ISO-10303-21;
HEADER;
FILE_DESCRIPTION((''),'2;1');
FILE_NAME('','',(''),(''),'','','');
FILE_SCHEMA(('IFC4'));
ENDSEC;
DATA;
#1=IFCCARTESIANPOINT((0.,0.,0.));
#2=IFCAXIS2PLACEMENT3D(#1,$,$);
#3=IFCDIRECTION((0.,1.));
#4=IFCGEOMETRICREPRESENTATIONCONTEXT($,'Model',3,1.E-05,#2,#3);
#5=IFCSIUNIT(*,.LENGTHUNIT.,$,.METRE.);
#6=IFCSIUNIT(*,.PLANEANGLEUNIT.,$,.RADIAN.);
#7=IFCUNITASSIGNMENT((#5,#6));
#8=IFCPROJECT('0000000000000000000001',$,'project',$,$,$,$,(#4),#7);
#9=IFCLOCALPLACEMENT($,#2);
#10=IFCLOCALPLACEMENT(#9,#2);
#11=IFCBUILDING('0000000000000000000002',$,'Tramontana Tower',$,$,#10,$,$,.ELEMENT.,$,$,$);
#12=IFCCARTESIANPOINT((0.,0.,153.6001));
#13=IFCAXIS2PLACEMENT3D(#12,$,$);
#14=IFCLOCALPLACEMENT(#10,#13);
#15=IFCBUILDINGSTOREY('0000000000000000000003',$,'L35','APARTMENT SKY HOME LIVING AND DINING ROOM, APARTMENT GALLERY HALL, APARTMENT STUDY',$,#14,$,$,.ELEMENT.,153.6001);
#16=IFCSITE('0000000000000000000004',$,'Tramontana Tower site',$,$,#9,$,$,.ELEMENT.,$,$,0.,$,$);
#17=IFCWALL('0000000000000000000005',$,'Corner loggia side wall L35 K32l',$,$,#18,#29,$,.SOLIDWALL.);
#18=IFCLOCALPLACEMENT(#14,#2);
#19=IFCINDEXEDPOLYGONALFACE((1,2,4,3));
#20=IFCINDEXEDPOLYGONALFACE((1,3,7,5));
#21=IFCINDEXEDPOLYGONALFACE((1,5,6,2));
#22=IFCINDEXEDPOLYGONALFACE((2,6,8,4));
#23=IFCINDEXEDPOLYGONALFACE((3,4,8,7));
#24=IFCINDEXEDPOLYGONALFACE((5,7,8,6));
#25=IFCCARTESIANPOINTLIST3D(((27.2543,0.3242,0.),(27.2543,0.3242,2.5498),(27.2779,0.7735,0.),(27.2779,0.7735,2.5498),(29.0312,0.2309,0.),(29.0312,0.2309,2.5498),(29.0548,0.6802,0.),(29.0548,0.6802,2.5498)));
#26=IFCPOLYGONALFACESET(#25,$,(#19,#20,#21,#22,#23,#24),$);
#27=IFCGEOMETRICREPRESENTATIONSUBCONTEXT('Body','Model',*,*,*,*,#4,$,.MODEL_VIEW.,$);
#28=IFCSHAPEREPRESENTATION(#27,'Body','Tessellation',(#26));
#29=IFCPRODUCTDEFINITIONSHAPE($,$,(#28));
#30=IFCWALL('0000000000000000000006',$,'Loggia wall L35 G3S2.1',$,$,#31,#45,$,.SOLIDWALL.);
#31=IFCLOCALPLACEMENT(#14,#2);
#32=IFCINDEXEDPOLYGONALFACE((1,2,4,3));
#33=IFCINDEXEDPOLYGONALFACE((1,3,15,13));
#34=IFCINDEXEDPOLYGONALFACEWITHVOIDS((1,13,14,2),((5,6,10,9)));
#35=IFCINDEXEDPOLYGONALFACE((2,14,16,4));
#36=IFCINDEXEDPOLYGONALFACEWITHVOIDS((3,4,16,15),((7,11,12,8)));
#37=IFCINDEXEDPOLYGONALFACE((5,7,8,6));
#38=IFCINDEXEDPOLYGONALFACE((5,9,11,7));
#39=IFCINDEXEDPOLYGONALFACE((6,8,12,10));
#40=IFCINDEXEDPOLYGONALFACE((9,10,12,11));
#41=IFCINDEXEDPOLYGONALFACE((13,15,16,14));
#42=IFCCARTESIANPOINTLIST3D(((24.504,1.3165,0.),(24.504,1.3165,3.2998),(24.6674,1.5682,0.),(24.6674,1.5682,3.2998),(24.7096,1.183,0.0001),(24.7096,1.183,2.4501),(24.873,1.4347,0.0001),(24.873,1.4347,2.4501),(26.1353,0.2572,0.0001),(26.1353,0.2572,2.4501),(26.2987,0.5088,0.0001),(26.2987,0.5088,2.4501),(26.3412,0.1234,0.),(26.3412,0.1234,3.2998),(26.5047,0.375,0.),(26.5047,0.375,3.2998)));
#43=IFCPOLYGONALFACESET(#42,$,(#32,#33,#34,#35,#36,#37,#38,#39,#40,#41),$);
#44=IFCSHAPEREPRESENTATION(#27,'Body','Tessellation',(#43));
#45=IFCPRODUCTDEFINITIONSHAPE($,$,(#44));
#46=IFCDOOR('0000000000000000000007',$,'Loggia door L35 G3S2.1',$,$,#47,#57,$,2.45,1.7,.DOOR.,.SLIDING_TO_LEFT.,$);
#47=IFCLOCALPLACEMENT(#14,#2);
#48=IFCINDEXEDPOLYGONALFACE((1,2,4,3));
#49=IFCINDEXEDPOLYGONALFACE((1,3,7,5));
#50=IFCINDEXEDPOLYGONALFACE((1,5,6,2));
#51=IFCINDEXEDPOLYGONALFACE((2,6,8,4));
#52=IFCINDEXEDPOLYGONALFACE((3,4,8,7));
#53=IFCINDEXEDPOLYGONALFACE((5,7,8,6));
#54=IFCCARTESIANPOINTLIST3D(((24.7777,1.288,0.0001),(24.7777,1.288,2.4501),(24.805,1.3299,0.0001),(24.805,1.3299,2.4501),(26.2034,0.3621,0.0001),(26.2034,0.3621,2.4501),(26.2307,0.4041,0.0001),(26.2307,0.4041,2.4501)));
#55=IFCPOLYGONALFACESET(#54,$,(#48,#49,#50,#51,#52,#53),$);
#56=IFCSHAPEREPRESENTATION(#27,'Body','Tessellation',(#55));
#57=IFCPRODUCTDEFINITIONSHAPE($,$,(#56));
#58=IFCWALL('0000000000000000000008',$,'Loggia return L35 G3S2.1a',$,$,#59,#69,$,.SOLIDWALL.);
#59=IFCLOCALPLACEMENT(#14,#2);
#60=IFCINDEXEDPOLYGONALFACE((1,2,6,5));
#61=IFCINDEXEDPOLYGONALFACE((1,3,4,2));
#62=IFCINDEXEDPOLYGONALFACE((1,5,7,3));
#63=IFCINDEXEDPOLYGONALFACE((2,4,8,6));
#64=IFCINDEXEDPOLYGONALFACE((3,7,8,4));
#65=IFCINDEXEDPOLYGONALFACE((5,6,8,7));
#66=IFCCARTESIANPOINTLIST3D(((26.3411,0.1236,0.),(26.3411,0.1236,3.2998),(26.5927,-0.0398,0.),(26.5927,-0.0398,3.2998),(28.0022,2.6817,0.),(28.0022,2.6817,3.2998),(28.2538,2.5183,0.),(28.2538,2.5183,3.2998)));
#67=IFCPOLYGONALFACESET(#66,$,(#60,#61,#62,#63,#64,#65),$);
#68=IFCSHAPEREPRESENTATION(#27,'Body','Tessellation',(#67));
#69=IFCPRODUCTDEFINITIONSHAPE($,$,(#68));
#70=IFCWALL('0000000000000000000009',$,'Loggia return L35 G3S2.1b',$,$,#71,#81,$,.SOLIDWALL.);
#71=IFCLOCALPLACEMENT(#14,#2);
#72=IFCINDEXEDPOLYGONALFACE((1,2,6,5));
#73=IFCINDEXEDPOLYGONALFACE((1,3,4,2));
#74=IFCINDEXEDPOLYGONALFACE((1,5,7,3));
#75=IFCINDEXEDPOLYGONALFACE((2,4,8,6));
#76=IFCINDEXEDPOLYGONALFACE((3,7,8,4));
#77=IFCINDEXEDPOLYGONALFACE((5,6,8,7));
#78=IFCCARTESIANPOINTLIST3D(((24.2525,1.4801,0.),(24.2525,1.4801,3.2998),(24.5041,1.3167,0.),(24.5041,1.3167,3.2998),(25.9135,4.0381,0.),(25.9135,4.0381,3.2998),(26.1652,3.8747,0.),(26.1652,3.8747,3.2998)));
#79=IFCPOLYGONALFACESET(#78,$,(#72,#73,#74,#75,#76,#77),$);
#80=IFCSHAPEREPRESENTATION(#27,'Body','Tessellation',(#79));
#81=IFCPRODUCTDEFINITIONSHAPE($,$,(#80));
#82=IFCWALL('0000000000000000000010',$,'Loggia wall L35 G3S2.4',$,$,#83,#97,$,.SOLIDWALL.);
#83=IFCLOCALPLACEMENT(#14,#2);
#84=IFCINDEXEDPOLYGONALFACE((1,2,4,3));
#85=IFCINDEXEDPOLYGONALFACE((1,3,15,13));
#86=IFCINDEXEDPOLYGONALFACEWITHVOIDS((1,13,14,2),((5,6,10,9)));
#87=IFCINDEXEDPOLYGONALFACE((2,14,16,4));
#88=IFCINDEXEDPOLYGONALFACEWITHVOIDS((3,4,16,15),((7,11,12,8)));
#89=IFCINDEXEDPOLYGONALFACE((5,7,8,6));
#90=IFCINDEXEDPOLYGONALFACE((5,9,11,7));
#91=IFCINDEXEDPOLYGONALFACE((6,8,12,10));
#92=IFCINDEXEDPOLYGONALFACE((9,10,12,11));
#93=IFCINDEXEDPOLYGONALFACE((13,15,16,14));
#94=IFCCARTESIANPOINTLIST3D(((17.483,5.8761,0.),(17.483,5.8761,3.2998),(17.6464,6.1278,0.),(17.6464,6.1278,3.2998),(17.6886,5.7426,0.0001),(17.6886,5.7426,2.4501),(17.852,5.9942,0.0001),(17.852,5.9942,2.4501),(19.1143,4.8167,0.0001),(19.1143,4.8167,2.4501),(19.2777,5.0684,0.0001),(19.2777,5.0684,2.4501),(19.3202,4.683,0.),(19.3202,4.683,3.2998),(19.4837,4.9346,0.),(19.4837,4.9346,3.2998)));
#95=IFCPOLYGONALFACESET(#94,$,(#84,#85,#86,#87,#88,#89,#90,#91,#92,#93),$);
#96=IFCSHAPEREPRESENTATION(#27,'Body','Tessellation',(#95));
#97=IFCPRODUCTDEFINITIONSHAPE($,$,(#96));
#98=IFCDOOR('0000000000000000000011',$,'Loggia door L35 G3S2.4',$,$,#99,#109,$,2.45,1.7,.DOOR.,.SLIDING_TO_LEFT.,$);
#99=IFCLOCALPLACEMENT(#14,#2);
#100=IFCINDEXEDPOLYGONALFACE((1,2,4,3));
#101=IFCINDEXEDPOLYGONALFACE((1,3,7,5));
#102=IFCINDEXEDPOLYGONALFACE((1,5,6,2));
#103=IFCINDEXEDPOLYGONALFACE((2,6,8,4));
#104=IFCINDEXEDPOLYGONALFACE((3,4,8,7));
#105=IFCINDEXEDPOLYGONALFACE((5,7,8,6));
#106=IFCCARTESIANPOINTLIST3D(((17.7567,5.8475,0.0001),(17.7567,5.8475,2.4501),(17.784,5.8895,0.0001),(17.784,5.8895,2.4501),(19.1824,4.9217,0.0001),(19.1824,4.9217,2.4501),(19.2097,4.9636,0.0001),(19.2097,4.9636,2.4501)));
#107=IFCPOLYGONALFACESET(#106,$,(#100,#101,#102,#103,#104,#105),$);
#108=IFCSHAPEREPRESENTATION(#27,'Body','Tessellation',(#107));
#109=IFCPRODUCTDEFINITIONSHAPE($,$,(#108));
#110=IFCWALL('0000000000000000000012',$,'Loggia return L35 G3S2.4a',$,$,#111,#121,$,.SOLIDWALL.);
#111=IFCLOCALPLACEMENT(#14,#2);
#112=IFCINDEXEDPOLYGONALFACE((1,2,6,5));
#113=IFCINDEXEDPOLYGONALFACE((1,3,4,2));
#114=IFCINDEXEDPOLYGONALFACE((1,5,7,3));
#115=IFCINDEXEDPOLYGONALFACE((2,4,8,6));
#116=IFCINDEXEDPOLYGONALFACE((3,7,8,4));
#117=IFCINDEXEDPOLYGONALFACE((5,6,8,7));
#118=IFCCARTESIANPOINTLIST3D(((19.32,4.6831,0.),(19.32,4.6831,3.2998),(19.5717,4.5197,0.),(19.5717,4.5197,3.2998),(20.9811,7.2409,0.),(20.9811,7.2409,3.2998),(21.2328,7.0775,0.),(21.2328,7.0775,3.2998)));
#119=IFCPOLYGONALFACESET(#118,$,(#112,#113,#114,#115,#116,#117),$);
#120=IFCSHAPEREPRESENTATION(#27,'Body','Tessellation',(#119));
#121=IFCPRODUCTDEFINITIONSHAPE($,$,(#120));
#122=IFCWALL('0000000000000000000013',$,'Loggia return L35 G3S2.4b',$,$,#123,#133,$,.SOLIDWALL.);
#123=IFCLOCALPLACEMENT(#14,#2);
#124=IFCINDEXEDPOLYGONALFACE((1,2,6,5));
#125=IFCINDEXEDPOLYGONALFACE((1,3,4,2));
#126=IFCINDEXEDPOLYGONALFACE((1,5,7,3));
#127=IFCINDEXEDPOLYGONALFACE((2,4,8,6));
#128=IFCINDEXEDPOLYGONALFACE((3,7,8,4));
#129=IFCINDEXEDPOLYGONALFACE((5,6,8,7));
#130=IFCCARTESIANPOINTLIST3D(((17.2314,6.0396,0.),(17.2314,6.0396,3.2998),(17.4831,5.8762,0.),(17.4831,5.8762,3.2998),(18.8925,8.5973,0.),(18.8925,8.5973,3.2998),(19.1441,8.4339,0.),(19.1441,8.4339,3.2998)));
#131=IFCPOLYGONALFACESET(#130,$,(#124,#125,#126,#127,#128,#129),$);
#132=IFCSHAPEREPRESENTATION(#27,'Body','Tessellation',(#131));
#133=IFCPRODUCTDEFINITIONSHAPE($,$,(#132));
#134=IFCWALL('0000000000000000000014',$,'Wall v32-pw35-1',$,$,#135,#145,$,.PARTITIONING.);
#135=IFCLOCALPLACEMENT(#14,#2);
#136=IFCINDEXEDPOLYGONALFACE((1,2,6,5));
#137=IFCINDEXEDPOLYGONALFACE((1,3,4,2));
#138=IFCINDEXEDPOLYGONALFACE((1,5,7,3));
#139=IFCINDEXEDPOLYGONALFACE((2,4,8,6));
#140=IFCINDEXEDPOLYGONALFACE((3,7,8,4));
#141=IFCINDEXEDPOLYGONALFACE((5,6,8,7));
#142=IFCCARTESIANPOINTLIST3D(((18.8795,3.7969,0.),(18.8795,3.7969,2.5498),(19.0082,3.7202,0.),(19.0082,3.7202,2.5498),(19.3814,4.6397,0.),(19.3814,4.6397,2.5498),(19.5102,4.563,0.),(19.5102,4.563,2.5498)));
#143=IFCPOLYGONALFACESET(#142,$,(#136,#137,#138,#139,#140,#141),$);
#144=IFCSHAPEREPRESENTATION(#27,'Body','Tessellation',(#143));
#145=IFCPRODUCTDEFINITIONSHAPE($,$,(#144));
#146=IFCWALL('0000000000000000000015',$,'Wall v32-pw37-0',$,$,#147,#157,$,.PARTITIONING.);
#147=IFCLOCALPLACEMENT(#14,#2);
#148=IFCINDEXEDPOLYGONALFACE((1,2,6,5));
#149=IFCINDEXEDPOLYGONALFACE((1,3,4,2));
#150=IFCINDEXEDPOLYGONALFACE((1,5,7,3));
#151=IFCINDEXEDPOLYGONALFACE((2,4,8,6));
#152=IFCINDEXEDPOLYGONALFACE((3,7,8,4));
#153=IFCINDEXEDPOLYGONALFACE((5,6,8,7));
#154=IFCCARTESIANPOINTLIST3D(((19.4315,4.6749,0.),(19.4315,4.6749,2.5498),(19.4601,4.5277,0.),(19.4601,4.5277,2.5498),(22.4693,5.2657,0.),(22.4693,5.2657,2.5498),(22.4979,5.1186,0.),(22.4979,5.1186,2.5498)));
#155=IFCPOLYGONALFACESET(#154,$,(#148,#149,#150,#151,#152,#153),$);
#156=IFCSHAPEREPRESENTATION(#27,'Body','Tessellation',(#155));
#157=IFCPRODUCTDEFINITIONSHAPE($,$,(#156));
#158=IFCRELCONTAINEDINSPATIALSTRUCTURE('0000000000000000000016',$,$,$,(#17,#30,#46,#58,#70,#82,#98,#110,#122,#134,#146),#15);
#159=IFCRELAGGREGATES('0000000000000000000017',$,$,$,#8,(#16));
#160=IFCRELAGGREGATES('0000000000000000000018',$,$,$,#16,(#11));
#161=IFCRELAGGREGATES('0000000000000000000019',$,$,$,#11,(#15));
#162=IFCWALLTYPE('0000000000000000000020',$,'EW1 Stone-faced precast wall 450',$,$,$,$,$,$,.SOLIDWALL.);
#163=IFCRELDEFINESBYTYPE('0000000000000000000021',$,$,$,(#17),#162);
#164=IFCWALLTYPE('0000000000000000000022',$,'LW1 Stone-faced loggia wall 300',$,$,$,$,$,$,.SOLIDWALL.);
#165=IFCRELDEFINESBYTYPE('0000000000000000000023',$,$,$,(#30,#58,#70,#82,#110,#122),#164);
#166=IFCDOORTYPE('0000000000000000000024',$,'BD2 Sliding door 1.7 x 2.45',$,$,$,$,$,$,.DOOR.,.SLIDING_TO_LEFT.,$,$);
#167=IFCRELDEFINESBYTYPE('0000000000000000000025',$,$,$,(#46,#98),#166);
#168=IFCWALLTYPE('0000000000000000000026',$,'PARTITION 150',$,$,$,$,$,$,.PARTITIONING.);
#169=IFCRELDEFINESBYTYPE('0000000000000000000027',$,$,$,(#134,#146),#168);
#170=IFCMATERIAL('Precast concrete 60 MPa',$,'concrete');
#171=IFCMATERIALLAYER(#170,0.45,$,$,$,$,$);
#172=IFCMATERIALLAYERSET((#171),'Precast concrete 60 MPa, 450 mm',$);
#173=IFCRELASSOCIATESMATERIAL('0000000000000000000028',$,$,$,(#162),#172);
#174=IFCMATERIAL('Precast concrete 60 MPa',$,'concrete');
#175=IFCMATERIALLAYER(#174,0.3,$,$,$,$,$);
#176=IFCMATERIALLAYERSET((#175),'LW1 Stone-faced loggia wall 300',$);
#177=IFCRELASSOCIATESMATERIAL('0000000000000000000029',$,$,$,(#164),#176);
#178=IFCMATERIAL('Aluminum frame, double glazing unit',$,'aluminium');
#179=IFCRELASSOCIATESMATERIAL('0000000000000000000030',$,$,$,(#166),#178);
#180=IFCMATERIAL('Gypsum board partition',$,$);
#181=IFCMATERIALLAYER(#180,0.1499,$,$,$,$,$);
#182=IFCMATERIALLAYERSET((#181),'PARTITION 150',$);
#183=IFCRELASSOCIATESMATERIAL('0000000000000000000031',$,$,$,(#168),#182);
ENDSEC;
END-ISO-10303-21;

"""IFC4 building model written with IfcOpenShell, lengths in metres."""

from ifc_helpers import new_model, si_unit, direction, frame, frame_2d, origin, place, context, subcontext, project, spatial, rectangle, extrude, material, layer, layer_set, type_object, element, fill, save


model = new_model("IFC4")

# Units and contexts
model_context = context("Model", 3, precision=1e-05, world=origin(), true_north=direction((0.0, 1.0)))
body_context = subcontext(model_context, "Body", "Model", "MODEL_VIEW")
ifc_project = project(units=[si_unit("LENGTHUNIT", "METRE"), si_unit("PLANEANGLEUNIT", "RADIAN")], contexts=[model_context])

# Site, building, storey
site_placement = place(None, origin())
site = spatial("IfcSite", under=ifc_project, at=site_placement, Name="Tramontana Tower site", CompositionType="ELEMENT", RefElevation=0.0)
building_placement = place(site_placement, origin())
building = spatial("IfcBuilding", under=site, at=building_placement, Name="Tramontana Tower", CompositionType="ELEMENT")
storey_placement = place(building_placement, frame((0.0, 0.0, 153.6001)))
storey = spatial("IfcBuildingStorey", under=building, at=storey_placement, Name="L35", Description="APARTMENT SKY HOME LIVING AND DINING ROOM, APARTMENT GALLERY HALL, APARTMENT STUDY", CompositionType="ELEMENT", Elevation=153.6001)

# Shared definitions
ifc_material_1 = material(Name="Precast concrete 60 MPa", Category="concrete")
ifc_layer_1 = layer(ifc_material_1, 0.45)
ifc_layer_set_1 = layer_set([ifc_layer_1], Name="Precast concrete 60 MPa, 450 mm")
wall_type_1 = type_object("IfcWallType", Name="EW1 Stone-faced precast wall 450", PredefinedType="SOLIDWALL", material=ifc_layer_set_1)

# Wall
wall_1_placement = place(storey_placement, frame((29.043, 0.4556, 0.0), z_axis=(0.0, 0.0, 1.0), x_axis=(-0.998625, 0.052415, 0.0)))
element("IfcWall", 1, at=wall_1_placement, inside=storey, type_object=wall_type_1, Name="Corner loggia side wall L35 K32l", PredefinedType="SOLIDWALL", context=body_context, shape_type="SweptSolid", body=[
    extrude(rectangle(XDim=1.7793, YDim=0.45, at=frame_2d((0.8896, 0.0))), origin(), (0.0, 0.0, 1.0), 2.5498),
])

# Wall, opening, door
ifc_material_2 = material(Name="Precast concrete 60 MPa", Category="concrete")
ifc_layer_2 = layer(ifc_material_2, 0.3)
ifc_layer_set_2 = layer_set([ifc_layer_2], Name="LW1 Stone-faced loggia wall 300")
wall_type_2 = type_object("IfcWallType", Name="LW1 Stone-faced loggia wall 300", PredefinedType="SOLIDWALL", material=ifc_layer_set_2)
wall_2_placement = place(storey_placement, frame((26.4229, 0.2493, 0.0), z_axis=(0.0, 0.0, 1.0), x_axis=(-0.83866, 0.544655, 0.0)))
wall_2 = element("IfcWall", 2, at=wall_2_placement, inside=storey, type_object=wall_type_2, Name="Loggia wall L35 G3S2.1", PredefinedType="SOLIDWALL", context=body_context, shape_type="SweptSolid", body=[
    extrude(rectangle(XDim=2.1907, YDim=0.3, at=frame_2d((1.0952, 0.0))), origin(), (0.0, 0.0, 1.0), 3.2998),
])
opening_1_placement = place(wall_2_placement, frame((0.2454, 0.0, 0.0)))
opening_1 = element("IfcOpeningElement", 3, at=opening_1_placement, cuts=wall_2, PredefinedType="OPENING", context=body_context, shape_type="SweptSolid", body=[
    extrude(rectangle(XDim=1.7, YDim=2.45, at=frame_2d((0.8501, 1.2251))), frame((0.0, 0.1599, 0.0), z_axis=(0.0, -1.0, 0.0), x_axis=(1.0, 0.0, 0.0)), (0.0, 0.0, 1.0), 0.3201),
])
ifc_material_3 = material(Name="Aluminum frame, double glazing unit", Category="aluminium")
door_type_1 = type_object("IfcDoorType", Name="BD2 Sliding door 1.7 x 2.45", OperationType="SLIDING_TO_LEFT", PredefinedType="DOOR", material=ifc_material_3)
door_1_placement = place(opening_1_placement, origin())
door_1 = element("IfcDoor", 4, at=door_1_placement, inside=storey, type_object=door_type_1, Name="Loggia door L35 G3S2.1", OperationType="SLIDING_TO_LEFT", OverallHeight=2.45, OverallWidth=1.7, PredefinedType="DOOR", context=body_context, shape_type="SweptSolid", body=[
    extrude(rectangle(XDim=1.7, YDim=2.45, at=frame_2d((0.8501, 1.2251))), frame((0.0, 0.0249, 0.0), z_axis=(0.0, -1.0, 0.0), x_axis=(1.0, 0.0, 0.0)), (0.0, 0.0, 1.0), 0.05),
])
fill(opening_1, door_1)

# Walls
for number, where, z_axis, x_axis, name in (
    (5, (28.1279, 2.5999, 0.0), (0.0, 0.0, 1.0), (-0.544611, -0.838689, 0.0), "Loggia return L35 G3S2.1a"),
    (6, (26.0393, 3.9563, 0.0), (0.0, 0.0, 1.0), (-0.544611, -0.838689, 0.0), "Loggia return L35 G3S2.1b"),
):
    element("IfcWall", number, at=place(storey_placement, frame(where, z_axis=z_axis, x_axis=x_axis)), inside=storey, type_object=wall_type_2, Name=name, PredefinedType="SOLIDWALL", context=body_context, shape_type="SweptSolid", body=[
        extrude(rectangle(XDim=3.05, YDim=0.3, at=frame_2d((1.5249, 0.0))), origin(), (0.0, 0.0, 1.0), 3.2998),
    ])

# Wall, opening, door
wall_3_placement = place(storey_placement, frame((19.4019, 4.8088, 0.0), z_axis=(0.0, 0.0, 1.0), x_axis=(-0.83866, 0.544655, 0.0)))
wall_3 = element("IfcWall", 7, at=wall_3_placement, inside=storey, type_object=wall_type_2, Name="Loggia wall L35 G3S2.4", PredefinedType="SOLIDWALL", context=body_context, shape_type="SweptSolid", body=[
    extrude(rectangle(XDim=2.1907, YDim=0.3, at=frame_2d((1.0952, 0.0))), origin(), (0.0, 0.0, 1.0), 3.2998),
])
opening_2_placement = place(wall_3_placement, frame((0.2454, 0.0, 0.0)))
opening_2 = element("IfcOpeningElement", 8, at=opening_2_placement, cuts=wall_3, PredefinedType="OPENING", context=body_context, shape_type="SweptSolid", body=[
    extrude(rectangle(XDim=1.7, YDim=2.45, at=frame_2d((0.8501, 1.2251))), frame((0.0, 0.1599, 0.0), z_axis=(0.0, -1.0, 0.0), x_axis=(1.0, 0.0, 0.0)), (0.0, 0.0, 1.0), 0.3201),
])
door_2_placement = place(opening_2_placement, origin())
door_2 = element("IfcDoor", 9, at=door_2_placement, inside=storey, type_object=door_type_1, Name="Loggia door L35 G3S2.4", OperationType="SLIDING_TO_LEFT", OverallHeight=2.45, OverallWidth=1.7, PredefinedType="DOOR", context=body_context, shape_type="SweptSolid", body=[
    extrude(rectangle(XDim=1.7, YDim=2.45, at=frame_2d((0.8501, 1.2251))), frame((0.0, 0.0249, 0.0), z_axis=(0.0, -1.0, 0.0), x_axis=(1.0, 0.0, 0.0)), (0.0, 0.0, 1.0), 0.05),
])
fill(opening_2, door_2)

# Walls
for number, where, z_axis, x_axis, name in (
    (10, (21.1069, 7.1592, 0.0), (0.0, 0.0, 1.0), (-0.544648, -0.838665, 0.0), "Loggia return L35 G3S2.4a"),
    (11, (19.0183, 8.5156, 0.0), (0.0, 0.0, 1.0), (-0.544648, -0.838665, 0.0), "Loggia return L35 G3S2.4b"),
):
    element("IfcWall", number, at=place(storey_placement, frame(where, z_axis=z_axis, x_axis=x_axis)), inside=storey, type_object=wall_type_2, Name=name, PredefinedType="SOLIDWALL", context=body_context, shape_type="SweptSolid", body=[
        extrude(rectangle(XDim=3.0498, YDim=0.3, at=frame_2d((1.5249, 0.0))), origin(), (0.0, 0.0, 1.0), 3.2998),
    ])
ifc_material_4 = material(Name="Gypsum board partition")
ifc_layer_3 = layer(ifc_material_4, 0.1499)
ifc_layer_set_3 = layer_set([ifc_layer_3], Name="PARTITION 150")
wall_type_3 = type_object("IfcWallType", Name="PARTITION 150", PredefinedType="PARTITIONING", material=ifc_layer_set_3)
wall_4_placement = place(storey_placement, frame((18.9438, 3.7585, 0.0), z_axis=(0.0, 0.0, 1.0), x_axis=(0.511711, 0.859157, 0.0)))
element("IfcWall", 12, at=wall_4_placement, inside=storey, type_object=wall_type_3, Name="Wall v32-pw35-1", PredefinedType="PARTITIONING", context=body_context, shape_type="SweptSolid", body=[
    extrude(rectangle(XDim=0.981, YDim=0.1499, at=frame_2d((0.4905, 0.0))), origin(), (0.0, 0.0, 1.0), 2.5498),
])
wall_5_placement = place(storey_placement, frame((19.4458, 4.6013, 0.0), z_axis=(0.0, 0.0, 1.0), x_axis=(0.981608, 0.19091, 0.0)))
element("IfcWall", 13, at=wall_5_placement, inside=storey, type_object=wall_type_3, Name="Wall v32-pw37-0", PredefinedType="PARTITIONING", context=body_context, shape_type="SweptSolid", body=[
    extrude(rectangle(XDim=3.0947, YDim=0.1499, at=frame_2d((1.5474, 0.0))), origin(), (0.0, 0.0, 1.0), 2.5498),
])

save(model, "model.ifc")
